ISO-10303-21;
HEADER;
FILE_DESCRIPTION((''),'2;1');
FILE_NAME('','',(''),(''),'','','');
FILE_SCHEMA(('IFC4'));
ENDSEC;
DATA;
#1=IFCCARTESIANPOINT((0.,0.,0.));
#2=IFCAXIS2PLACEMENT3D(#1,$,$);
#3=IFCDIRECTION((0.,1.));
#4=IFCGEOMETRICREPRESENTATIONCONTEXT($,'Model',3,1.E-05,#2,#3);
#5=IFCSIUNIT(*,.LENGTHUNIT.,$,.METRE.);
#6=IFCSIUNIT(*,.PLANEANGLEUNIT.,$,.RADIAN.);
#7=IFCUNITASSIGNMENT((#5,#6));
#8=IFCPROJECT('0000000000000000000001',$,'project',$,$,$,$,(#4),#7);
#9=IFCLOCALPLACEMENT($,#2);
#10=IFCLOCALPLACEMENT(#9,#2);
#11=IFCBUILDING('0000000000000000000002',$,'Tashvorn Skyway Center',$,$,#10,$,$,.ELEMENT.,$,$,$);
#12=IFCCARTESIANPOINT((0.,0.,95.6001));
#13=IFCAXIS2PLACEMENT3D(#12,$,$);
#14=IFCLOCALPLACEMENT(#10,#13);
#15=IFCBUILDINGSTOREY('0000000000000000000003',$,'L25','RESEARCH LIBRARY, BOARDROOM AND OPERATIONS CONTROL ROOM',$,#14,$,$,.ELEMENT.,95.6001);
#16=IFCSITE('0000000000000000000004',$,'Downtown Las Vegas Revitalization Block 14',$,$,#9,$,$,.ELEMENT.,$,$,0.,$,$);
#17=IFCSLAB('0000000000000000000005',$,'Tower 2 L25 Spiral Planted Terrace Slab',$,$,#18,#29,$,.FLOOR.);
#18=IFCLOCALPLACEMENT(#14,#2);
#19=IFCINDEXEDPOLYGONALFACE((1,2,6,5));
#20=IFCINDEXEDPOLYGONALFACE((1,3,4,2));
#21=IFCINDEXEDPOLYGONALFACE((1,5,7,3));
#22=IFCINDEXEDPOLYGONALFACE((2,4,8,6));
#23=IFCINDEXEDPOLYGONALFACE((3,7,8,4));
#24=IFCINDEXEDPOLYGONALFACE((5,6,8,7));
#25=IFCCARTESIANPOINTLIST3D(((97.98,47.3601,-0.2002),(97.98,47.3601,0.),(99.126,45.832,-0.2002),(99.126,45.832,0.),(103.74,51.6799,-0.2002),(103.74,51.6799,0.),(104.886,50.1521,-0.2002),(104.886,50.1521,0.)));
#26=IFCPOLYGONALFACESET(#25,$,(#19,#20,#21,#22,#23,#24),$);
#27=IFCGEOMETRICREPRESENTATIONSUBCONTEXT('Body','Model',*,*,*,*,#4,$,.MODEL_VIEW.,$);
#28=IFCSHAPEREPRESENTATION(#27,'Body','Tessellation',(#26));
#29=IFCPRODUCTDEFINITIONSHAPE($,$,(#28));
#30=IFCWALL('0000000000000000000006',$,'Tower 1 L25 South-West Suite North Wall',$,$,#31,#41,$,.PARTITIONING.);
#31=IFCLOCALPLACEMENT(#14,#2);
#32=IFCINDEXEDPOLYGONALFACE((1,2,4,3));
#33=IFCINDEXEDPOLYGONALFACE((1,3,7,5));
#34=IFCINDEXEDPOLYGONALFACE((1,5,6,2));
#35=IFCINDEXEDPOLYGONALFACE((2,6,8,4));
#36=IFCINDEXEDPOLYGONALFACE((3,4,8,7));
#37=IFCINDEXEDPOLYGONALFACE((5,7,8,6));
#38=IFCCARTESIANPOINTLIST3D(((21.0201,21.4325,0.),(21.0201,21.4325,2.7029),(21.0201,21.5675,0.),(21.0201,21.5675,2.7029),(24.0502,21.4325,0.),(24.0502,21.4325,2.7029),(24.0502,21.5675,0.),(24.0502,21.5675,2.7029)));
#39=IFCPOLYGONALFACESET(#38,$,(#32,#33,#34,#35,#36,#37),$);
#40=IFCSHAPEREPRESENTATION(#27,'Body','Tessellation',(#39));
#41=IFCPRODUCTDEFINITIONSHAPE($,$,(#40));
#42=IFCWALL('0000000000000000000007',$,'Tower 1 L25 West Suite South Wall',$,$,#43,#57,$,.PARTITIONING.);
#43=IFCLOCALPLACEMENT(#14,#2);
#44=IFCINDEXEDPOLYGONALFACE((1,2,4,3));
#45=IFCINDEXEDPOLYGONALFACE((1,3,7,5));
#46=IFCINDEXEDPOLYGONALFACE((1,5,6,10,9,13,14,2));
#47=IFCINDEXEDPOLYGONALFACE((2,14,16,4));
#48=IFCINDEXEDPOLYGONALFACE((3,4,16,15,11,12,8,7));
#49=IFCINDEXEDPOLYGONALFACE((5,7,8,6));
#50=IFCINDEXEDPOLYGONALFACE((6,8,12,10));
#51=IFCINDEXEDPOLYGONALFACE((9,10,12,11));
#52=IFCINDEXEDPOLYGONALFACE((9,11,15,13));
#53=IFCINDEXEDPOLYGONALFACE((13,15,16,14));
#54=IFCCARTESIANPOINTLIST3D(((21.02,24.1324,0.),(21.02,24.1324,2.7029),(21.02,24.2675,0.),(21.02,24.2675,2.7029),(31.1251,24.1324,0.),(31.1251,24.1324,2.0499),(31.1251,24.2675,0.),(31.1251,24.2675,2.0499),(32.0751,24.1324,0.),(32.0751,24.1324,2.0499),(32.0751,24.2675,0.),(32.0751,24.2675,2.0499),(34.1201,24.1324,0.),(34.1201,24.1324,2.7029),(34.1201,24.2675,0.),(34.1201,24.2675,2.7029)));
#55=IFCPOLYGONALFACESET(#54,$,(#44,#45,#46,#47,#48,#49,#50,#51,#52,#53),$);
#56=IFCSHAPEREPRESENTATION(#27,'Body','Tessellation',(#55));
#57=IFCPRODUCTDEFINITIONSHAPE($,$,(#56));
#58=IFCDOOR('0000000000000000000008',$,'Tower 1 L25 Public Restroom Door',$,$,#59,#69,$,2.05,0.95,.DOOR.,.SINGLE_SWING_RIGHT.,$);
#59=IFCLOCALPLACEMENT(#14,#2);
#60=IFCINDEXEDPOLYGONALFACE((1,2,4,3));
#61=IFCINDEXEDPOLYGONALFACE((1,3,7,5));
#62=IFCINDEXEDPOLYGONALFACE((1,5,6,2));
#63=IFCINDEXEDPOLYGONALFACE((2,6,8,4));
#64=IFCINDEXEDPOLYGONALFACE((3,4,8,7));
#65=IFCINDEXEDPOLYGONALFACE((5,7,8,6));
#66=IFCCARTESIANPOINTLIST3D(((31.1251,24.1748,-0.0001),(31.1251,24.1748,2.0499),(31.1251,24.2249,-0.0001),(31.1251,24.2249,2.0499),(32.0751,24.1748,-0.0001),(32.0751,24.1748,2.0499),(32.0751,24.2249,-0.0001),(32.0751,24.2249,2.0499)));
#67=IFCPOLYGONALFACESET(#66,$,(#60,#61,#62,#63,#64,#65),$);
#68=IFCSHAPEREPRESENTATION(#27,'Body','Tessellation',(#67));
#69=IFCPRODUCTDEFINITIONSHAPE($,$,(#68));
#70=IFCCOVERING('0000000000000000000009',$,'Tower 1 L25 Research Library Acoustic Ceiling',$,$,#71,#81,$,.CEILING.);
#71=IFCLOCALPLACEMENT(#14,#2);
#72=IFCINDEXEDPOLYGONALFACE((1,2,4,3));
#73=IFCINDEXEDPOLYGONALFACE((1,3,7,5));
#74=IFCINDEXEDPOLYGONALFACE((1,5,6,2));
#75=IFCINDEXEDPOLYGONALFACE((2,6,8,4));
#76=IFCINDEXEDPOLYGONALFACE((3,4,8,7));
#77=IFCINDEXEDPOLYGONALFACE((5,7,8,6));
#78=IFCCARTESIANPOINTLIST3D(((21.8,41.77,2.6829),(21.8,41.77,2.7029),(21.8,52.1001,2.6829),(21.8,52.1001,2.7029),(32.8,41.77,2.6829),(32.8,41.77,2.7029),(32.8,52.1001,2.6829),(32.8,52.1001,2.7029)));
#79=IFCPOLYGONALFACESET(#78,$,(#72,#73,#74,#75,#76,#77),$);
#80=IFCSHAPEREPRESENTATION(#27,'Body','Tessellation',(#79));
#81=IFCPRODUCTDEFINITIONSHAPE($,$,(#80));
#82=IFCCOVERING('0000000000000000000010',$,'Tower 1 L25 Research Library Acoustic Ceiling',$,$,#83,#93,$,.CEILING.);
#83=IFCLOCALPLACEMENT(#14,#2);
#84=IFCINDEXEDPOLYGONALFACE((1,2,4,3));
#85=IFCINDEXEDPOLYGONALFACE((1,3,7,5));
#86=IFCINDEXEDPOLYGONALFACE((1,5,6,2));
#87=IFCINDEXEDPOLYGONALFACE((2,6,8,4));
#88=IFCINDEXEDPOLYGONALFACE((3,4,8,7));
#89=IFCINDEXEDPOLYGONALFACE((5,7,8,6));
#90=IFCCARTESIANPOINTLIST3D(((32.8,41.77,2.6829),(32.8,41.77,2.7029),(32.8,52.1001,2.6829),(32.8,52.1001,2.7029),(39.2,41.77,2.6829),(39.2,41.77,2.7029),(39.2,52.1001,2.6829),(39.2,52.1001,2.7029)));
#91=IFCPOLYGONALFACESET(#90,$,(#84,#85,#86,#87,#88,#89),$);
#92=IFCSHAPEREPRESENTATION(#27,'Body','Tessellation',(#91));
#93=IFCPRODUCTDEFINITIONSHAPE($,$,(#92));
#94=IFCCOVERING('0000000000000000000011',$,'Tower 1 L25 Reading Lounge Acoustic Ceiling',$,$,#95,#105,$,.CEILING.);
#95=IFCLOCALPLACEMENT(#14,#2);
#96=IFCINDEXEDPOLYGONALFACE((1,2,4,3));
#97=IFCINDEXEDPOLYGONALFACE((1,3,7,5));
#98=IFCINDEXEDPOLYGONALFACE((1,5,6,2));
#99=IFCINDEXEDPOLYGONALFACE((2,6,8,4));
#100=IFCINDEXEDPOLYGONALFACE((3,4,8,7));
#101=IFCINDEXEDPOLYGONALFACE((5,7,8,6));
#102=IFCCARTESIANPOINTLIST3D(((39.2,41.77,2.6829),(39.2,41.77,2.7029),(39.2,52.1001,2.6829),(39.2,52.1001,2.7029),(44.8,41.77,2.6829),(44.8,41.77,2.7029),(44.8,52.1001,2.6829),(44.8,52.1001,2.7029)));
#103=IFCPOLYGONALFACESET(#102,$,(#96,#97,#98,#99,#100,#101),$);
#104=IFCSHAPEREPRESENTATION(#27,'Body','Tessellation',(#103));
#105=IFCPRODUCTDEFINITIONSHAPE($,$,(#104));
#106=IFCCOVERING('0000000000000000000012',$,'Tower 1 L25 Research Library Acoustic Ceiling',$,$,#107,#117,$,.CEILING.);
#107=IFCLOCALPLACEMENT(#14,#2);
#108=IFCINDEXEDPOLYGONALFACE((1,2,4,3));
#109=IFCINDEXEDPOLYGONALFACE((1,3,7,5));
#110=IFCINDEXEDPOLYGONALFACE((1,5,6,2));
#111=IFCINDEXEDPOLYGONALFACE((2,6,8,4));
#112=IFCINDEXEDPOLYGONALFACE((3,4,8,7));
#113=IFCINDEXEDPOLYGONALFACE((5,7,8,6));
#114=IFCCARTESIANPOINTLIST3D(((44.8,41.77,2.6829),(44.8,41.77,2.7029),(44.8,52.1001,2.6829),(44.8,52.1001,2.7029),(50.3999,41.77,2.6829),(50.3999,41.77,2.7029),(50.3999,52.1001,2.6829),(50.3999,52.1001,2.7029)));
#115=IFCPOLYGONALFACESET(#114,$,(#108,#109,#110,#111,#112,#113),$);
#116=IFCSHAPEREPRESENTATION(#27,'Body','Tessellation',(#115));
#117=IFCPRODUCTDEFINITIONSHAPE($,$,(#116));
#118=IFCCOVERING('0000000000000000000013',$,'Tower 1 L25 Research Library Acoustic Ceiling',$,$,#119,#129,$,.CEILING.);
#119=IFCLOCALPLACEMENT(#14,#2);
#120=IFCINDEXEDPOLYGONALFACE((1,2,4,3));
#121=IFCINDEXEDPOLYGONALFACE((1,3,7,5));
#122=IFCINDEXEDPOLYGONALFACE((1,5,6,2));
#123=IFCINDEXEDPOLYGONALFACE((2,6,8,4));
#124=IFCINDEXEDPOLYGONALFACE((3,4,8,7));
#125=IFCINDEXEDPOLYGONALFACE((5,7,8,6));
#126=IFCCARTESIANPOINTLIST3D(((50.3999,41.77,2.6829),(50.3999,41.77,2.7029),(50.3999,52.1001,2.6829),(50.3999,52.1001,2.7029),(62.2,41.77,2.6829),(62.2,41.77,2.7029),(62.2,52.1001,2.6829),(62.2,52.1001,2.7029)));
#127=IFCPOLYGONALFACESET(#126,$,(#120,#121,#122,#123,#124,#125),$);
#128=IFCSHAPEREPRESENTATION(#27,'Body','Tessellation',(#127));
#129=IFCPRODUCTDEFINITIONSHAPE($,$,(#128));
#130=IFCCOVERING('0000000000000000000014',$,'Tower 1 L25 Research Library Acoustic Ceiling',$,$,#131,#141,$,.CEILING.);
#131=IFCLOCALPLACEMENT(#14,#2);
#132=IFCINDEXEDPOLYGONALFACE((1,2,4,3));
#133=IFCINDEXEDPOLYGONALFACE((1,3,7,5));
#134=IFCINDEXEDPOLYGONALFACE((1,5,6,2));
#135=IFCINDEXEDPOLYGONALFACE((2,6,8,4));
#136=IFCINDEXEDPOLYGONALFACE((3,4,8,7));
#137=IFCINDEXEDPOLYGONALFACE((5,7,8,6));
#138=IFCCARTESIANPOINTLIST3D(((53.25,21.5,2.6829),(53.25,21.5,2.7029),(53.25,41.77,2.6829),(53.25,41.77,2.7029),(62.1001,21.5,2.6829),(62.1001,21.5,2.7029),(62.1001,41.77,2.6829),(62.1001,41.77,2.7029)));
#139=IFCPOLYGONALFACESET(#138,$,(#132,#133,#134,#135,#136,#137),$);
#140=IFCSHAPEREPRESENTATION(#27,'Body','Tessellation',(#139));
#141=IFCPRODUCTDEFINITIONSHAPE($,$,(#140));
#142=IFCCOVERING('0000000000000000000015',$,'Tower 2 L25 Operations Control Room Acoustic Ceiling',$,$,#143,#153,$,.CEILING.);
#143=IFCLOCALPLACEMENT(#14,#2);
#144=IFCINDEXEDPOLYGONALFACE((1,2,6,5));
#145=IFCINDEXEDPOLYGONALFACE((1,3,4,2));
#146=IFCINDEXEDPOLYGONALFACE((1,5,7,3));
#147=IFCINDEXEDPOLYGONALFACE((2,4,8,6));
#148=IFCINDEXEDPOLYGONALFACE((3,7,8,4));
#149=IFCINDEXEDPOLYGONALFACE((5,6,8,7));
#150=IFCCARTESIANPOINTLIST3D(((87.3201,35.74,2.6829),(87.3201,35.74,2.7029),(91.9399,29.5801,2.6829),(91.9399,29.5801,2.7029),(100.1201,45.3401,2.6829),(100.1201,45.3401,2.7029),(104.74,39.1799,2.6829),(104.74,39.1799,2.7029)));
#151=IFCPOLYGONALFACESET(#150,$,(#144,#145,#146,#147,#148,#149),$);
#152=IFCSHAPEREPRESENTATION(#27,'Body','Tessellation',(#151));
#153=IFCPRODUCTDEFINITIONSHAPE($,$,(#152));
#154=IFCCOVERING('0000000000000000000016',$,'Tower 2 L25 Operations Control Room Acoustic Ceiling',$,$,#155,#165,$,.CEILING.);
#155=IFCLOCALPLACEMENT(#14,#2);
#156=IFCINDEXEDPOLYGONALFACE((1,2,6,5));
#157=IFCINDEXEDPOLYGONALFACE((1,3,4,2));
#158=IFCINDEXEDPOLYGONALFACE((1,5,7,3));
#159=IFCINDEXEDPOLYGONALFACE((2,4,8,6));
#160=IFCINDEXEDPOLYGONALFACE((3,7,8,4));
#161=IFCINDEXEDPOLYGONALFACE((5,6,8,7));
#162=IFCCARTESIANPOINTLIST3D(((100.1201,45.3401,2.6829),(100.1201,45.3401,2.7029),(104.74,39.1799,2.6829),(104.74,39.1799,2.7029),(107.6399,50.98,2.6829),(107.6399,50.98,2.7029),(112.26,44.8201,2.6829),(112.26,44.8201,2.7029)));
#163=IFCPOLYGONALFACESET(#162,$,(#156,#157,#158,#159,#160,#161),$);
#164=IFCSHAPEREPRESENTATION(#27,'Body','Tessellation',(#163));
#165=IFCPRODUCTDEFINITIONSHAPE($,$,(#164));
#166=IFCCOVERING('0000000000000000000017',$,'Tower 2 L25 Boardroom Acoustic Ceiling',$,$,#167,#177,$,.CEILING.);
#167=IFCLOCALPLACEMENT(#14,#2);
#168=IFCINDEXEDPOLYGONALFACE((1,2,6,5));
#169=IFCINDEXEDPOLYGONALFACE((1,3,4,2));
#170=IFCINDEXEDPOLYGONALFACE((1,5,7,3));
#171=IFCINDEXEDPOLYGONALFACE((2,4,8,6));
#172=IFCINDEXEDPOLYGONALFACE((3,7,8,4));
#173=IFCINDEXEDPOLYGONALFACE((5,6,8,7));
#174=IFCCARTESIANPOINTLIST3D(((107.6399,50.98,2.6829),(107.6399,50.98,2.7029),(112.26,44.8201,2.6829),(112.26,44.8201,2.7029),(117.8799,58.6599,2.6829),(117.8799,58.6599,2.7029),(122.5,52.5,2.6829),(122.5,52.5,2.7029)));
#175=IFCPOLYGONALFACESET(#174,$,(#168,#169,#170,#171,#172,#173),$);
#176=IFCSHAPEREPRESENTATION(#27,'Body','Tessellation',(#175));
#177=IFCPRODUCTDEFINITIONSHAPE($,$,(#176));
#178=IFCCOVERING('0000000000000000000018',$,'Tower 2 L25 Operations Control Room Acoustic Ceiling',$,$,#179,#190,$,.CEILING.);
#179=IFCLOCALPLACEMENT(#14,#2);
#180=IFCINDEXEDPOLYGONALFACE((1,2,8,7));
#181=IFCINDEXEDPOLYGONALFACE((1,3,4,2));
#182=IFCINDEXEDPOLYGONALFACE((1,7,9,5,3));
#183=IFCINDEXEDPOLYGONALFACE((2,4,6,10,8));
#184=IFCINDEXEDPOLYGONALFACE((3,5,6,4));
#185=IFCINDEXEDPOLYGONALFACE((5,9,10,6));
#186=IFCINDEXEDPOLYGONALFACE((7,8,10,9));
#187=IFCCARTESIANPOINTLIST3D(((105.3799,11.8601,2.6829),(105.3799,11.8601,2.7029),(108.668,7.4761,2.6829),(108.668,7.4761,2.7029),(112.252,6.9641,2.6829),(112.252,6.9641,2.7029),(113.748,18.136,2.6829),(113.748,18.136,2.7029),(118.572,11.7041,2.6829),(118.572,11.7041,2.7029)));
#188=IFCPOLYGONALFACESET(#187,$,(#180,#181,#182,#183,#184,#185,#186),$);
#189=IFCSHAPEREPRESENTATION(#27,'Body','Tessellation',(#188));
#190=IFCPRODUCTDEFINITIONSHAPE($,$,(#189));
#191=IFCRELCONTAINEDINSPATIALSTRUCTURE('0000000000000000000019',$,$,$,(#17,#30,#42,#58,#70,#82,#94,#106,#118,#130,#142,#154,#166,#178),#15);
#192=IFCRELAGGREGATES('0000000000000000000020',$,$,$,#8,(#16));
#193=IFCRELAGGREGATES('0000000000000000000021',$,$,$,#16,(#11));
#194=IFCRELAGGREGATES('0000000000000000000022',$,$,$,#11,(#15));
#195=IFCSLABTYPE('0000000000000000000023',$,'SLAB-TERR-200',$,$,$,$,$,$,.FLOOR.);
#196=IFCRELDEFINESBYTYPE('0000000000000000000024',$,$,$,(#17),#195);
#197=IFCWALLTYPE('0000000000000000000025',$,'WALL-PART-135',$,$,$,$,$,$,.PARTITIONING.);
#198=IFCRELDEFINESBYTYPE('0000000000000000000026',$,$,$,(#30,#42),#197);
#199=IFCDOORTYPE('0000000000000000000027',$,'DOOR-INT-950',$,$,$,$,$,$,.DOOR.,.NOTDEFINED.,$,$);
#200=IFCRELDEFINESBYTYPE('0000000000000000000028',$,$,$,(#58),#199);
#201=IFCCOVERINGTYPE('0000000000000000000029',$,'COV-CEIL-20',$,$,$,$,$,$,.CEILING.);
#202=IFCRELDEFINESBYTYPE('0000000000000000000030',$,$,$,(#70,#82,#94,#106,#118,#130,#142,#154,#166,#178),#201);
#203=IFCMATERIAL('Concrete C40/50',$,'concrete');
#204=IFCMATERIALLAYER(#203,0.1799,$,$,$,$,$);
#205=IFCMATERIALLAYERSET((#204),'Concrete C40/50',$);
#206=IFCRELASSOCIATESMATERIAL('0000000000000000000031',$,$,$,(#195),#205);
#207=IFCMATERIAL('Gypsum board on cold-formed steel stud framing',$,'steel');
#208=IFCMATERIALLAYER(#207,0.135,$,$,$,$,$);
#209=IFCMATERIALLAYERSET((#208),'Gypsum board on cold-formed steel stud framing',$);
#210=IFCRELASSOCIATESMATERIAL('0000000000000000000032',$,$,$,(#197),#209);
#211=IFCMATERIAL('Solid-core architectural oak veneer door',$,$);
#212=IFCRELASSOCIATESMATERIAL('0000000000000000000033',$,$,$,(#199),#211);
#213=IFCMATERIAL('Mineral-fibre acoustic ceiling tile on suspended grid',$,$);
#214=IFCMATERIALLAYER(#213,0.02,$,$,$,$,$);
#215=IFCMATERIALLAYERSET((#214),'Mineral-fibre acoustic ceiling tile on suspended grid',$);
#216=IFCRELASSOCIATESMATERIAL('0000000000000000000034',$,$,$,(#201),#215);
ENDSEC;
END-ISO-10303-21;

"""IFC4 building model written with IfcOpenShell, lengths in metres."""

from ifc_helpers import new_model, si_unit, direction, frame, frame_2d, origin, place, context, subcontext, project, spatial, polyline, rectangle, outline, extrude, material, layer, layer_set, type_object, element, fill, save


model = new_model("IFC4")

# Units and contexts
model_context = context("Model", 3, precision=1e-05, world=origin(), true_north=direction((0.0, 1.0)))
body_context = subcontext(model_context, "Body", "Model", "MODEL_VIEW")
ifc_project = project(units=[si_unit("LENGTHUNIT", "METRE"), si_unit("PLANEANGLEUNIT", "RADIAN")], contexts=[model_context])

# Site, building, storey
site_placement = place(None, origin())
site = spatial("IfcSite", under=ifc_project, at=site_placement, Name="Downtown Las Vegas Revitalization Block 14", CompositionType="ELEMENT", RefElevation=0.0)
building_placement = place(site_placement, origin())
building = spatial("IfcBuilding", under=site, at=building_placement, Name="Tashvorn Skyway Center", CompositionType="ELEMENT")
storey_placement = place(building_placement, frame((0.0, 0.0, 95.6001)))
storey = spatial("IfcBuildingStorey", under=building, at=storey_placement, Name="L25", Description="RESEARCH LIBRARY, BOARDROOM AND OPERATIONS CONTROL ROOM", CompositionType="ELEMENT", Elevation=95.6001)

# Shared definitions
ifc_material_1 = material(Name="Concrete C40/50", Category="concrete")

# Slab
ifc_layer_1 = layer(ifc_material_1, 0.1799)
ifc_layer_set_1 = layer_set([ifc_layer_1], Name="Concrete C40/50")
slab_type_1 = type_object("IfcSlabType", Name="SLAB-TERR-200", PredefinedType="FLOOR", material=ifc_layer_set_1)
slab_1_placement = place(storey_placement, frame((0.0, 0.0, -0.2002)))
element("IfcSlab", 1, at=slab_1_placement, inside=storey, type_object=slab_type_1, Name="Tower 2 L25 Spiral Planted Terrace Slab", PredefinedType="FLOOR", context=body_context, shape_type="SweptSolid", body=[
    extrude(outline(polyline([(99.126, 45.832), (104.886, 50.1521), (103.74, 51.6799), (97.98, 47.3601), (99.126, 45.832)])), origin(), (0.0, 0.0, 1.0), 0.2002),
])

# Wall
ifc_material_2 = material(Name="Gypsum board on cold-formed steel stud framing", Category="steel")
ifc_layer_2 = layer(ifc_material_2, 0.135)
ifc_layer_set_2 = layer_set([ifc_layer_2], Name="Gypsum board on cold-formed steel stud framing")
wall_type = type_object("IfcWallType", Name="WALL-PART-135", PredefinedType="PARTITIONING", material=ifc_layer_set_2)
wall_1_placement = place(storey_placement, frame((21.02, 21.5, 0.0), z_axis=(0.0, 0.0, 1.0), x_axis=(1.0, 0.0, 0.0)))
element("IfcWall", 2, at=wall_1_placement, inside=storey, type_object=wall_type, Name="Tower 1 L25 South-West Suite North Wall", PredefinedType="PARTITIONING", context=body_context, shape_type="SweptSolid", body=[
    extrude(rectangle(XDim=3.03, YDim=0.135, at=frame_2d((1.5151, 0.0))), origin(), (0.0, 0.0, 1.0), 2.7029),
])

# Wall, opening, door
wall_2_placement = place(storey_placement, frame((21.02, 24.2, 0.0), z_axis=(0.0, 0.0, 1.0), x_axis=(1.0, 0.0, 0.0)))
wall_2 = element("IfcWall", 3, at=wall_2_placement, inside=storey, type_object=wall_type, Name="Tower 1 L25 West Suite South Wall", PredefinedType="PARTITIONING", context=body_context, shape_type="SweptSolid", body=[
    extrude(rectangle(XDim=13.1001, YDim=0.135, at=frame_2d((6.55, 0.0))), origin(), (0.0, 0.0, 1.0), 2.7029),
])
opening_placement = place(wall_2_placement, frame((10.105, 0.0, 0.0)))
opening = element("IfcOpeningElement", 4, at=opening_placement, cuts=wall_2, PredefinedType="OPENING", context=body_context, shape_type="SweptSolid", body=[
    extrude(rectangle(XDim=0.95, YDim=2.05, at=frame_2d((0.4751, 1.0249))), frame((0.0, 0.0774, 0.0), z_axis=(0.0, -1.0, 0.0), x_axis=(1.0, 0.0, 0.0)), (0.0, 0.0, 1.0), 0.155),
])
ifc_material_3 = material(Name="Solid-core architectural oak veneer door")
door_type = type_object("IfcDoorType", Name="DOOR-INT-950", OperationType="NOTDEFINED", PredefinedType="DOOR", material=ifc_material_3)
door_placement = place(opening_placement, origin())
door = element("IfcDoor", 5, at=door_placement, inside=storey, type_object=door_type, Name="Tower 1 L25 Public Restroom Door", OperationType="SINGLE_SWING_RIGHT", OverallHeight=2.05, OverallWidth=0.95, PredefinedType="DOOR", context=body_context, shape_type="SweptSolid", body=[
    extrude(rectangle(XDim=0.95, YDim=2.05, at=frame_2d((0.4751, 1.0249))), frame((0.0, 0.0249, 0.0), z_axis=(0.0, -1.0, 0.0), x_axis=(1.0, 0.0, 0.0)), (0.0, 0.0, 1.0), 0.05),
])
fill(opening, door)

# Coverings
ifc_material_4 = material(Name="Mineral-fibre acoustic ceiling tile on suspended grid")
ifc_layer_3 = layer(ifc_material_4, 0.02)
ifc_layer_set_3 = layer_set([ifc_layer_3], Name="Mineral-fibre acoustic ceiling tile on suspended grid")
covering_type_1 = type_object("IfcCoveringType", Name="COV-CEIL-20", PredefinedType="CEILING", material=ifc_layer_set_3)
covering_1_placement = place(storey_placement, frame((0.0, 0.0, 2.6829)))
element("IfcCovering", 6, at=covering_1_placement, inside=storey, type_object=covering_type_1, Name="Tower 1 L25 Research Library Acoustic Ceiling", PredefinedType="CEILING", context=body_context, shape_type="SweptSolid", body=[
    extrude(outline(polyline([(21.8, 41.77), (32.8, 41.77), (32.8, 52.1001), (21.8, 52.1001), (21.8, 41.77)])), origin(), (0.0, 0.0, 1.0), 0.02),
])
covering_2_placement = place(storey_placement, frame((0.0, 0.0, 2.6829)))
element("IfcCovering", 7, at=covering_2_placement, inside=storey, type_object=covering_type_1, Name="Tower 1 L25 Research Library Acoustic Ceiling", PredefinedType="CEILING", context=body_context, shape_type="SweptSolid", body=[
    extrude(outline(polyline([(32.8, 41.77), (39.2, 41.77), (39.2, 52.1001), (32.8, 52.1001), (32.8, 41.77)])), origin(), (0.0, 0.0, 1.0), 0.02),
])
covering_3_placement = place(storey_placement, frame((0.0, 0.0, 2.6829)))
element("IfcCovering", 8, at=covering_3_placement, inside=storey, type_object=covering_type_1, Name="Tower 1 L25 Reading Lounge Acoustic Ceiling", PredefinedType="CEILING", context=body_context, shape_type="SweptSolid", body=[
    extrude(outline(polyline([(39.2, 41.77), (44.8, 41.77), (44.8, 52.1001), (39.2, 52.1001), (39.2, 41.77)])), origin(), (0.0, 0.0, 1.0), 0.02),
])
covering_4_placement = place(storey_placement, frame((0.0, 0.0, 2.6829)))
element("IfcCovering", 9, at=covering_4_placement, inside=storey, type_object=covering_type_1, Name="Tower 1 L25 Research Library Acoustic Ceiling", PredefinedType="CEILING", context=body_context, shape_type="SweptSolid", body=[
    extrude(outline(polyline([(44.8, 41.77), (50.3999, 41.77), (50.3999, 52.1001), (44.8, 52.1001), (44.8, 41.77)])), origin(), (0.0, 0.0, 1.0), 0.02),
])
covering_5_placement = place(storey_placement, frame((0.0, 0.0, 2.6829)))
element("IfcCovering", 10, at=covering_5_placement, inside=storey, type_object=covering_type_1, Name="Tower 1 L25 Research Library Acoustic Ceiling", PredefinedType="CEILING", context=body_context, shape_type="SweptSolid", body=[
    extrude(outline(polyline([(50.3999, 41.77), (62.2, 41.77), (62.2, 52.1001), (50.3999, 52.1001), (50.3999, 41.77)])), origin(), (0.0, 0.0, 1.0), 0.02),
])
covering_6_placement = place(storey_placement, frame((0.0, 0.0, 2.6829)))
element("IfcCovering", 11, at=covering_6_placement, inside=storey, type_object=covering_type_1, Name="Tower 1 L25 Research Library Acoustic Ceiling", PredefinedType="CEILING", context=body_context, shape_type="SweptSolid", body=[
    extrude(outline(polyline([(53.25, 21.5), (62.1001, 21.5), (62.1001, 41.77), (53.25, 41.77), (53.25, 21.5)])), origin(), (0.0, 0.0, 1.0), 0.02),
])
covering_7_placement = place(storey_placement, frame((0.0, 0.0, 2.6829)))
element("IfcCovering", 12, at=covering_7_placement, inside=storey, type_object=covering_type_1, Name="Tower 2 L25 Operations Control Room Acoustic Ceiling", PredefinedType="CEILING", context=body_context, shape_type="SweptSolid", body=[
    extrude(outline(polyline([(91.9399, 29.5801), (104.74, 39.1799), (100.1201, 45.3401), (87.3201, 35.74), (91.9399, 29.5801)])), origin(), (0.0, 0.0, 1.0), 0.02),
])
covering_8_placement = place(storey_placement, frame((0.0, 0.0, 2.6829)))
element("IfcCovering", 13, at=covering_8_placement, inside=storey, type_object=covering_type_1, Name="Tower 2 L25 Operations Control Room Acoustic Ceiling", PredefinedType="CEILING", context=body_context, shape_type="SweptSolid", body=[
    extrude(outline(polyline([(104.74, 39.1799), (112.26, 44.8201), (107.6399, 50.98), (100.1201, 45.3401), (104.74, 39.1799)])), origin(), (0.0, 0.0, 1.0), 0.02),
])
covering_9_placement = place(storey_placement, frame((0.0, 0.0, 2.6829)))
element("IfcCovering", 14, at=covering_9_placement, inside=storey, type_object=covering_type_1, Name="Tower 2 L25 Boardroom Acoustic Ceiling", PredefinedType="CEILING", context=body_context, shape_type="SweptSolid", body=[
    extrude(outline(polyline([(112.26, 44.8201), (122.5, 52.5), (117.8799, 58.6599), (107.6399, 50.98), (112.26, 44.8201)])), origin(), (0.0, 0.0, 1.0), 0.02),
])
covering_10_placement = place(storey_placement, frame((0.0, 0.0, 2.6829)))
element("IfcCovering", 15, at=covering_10_placement, inside=storey, type_object=covering_type_1, Name="Tower 2 L25 Operations Control Room Acoustic Ceiling", PredefinedType="CEILING", context=body_context, shape_type="SweptSolid", body=[
    extrude(outline(polyline([(105.3799, 11.8601), (113.748, 18.136), (118.572, 11.7041), (112.252, 6.9641), (108.668, 7.4761), (105.3799, 11.8601)])), origin(), (0.0, 0.0, 1.0), 0.02),
])

save(model, "model.ifc")
